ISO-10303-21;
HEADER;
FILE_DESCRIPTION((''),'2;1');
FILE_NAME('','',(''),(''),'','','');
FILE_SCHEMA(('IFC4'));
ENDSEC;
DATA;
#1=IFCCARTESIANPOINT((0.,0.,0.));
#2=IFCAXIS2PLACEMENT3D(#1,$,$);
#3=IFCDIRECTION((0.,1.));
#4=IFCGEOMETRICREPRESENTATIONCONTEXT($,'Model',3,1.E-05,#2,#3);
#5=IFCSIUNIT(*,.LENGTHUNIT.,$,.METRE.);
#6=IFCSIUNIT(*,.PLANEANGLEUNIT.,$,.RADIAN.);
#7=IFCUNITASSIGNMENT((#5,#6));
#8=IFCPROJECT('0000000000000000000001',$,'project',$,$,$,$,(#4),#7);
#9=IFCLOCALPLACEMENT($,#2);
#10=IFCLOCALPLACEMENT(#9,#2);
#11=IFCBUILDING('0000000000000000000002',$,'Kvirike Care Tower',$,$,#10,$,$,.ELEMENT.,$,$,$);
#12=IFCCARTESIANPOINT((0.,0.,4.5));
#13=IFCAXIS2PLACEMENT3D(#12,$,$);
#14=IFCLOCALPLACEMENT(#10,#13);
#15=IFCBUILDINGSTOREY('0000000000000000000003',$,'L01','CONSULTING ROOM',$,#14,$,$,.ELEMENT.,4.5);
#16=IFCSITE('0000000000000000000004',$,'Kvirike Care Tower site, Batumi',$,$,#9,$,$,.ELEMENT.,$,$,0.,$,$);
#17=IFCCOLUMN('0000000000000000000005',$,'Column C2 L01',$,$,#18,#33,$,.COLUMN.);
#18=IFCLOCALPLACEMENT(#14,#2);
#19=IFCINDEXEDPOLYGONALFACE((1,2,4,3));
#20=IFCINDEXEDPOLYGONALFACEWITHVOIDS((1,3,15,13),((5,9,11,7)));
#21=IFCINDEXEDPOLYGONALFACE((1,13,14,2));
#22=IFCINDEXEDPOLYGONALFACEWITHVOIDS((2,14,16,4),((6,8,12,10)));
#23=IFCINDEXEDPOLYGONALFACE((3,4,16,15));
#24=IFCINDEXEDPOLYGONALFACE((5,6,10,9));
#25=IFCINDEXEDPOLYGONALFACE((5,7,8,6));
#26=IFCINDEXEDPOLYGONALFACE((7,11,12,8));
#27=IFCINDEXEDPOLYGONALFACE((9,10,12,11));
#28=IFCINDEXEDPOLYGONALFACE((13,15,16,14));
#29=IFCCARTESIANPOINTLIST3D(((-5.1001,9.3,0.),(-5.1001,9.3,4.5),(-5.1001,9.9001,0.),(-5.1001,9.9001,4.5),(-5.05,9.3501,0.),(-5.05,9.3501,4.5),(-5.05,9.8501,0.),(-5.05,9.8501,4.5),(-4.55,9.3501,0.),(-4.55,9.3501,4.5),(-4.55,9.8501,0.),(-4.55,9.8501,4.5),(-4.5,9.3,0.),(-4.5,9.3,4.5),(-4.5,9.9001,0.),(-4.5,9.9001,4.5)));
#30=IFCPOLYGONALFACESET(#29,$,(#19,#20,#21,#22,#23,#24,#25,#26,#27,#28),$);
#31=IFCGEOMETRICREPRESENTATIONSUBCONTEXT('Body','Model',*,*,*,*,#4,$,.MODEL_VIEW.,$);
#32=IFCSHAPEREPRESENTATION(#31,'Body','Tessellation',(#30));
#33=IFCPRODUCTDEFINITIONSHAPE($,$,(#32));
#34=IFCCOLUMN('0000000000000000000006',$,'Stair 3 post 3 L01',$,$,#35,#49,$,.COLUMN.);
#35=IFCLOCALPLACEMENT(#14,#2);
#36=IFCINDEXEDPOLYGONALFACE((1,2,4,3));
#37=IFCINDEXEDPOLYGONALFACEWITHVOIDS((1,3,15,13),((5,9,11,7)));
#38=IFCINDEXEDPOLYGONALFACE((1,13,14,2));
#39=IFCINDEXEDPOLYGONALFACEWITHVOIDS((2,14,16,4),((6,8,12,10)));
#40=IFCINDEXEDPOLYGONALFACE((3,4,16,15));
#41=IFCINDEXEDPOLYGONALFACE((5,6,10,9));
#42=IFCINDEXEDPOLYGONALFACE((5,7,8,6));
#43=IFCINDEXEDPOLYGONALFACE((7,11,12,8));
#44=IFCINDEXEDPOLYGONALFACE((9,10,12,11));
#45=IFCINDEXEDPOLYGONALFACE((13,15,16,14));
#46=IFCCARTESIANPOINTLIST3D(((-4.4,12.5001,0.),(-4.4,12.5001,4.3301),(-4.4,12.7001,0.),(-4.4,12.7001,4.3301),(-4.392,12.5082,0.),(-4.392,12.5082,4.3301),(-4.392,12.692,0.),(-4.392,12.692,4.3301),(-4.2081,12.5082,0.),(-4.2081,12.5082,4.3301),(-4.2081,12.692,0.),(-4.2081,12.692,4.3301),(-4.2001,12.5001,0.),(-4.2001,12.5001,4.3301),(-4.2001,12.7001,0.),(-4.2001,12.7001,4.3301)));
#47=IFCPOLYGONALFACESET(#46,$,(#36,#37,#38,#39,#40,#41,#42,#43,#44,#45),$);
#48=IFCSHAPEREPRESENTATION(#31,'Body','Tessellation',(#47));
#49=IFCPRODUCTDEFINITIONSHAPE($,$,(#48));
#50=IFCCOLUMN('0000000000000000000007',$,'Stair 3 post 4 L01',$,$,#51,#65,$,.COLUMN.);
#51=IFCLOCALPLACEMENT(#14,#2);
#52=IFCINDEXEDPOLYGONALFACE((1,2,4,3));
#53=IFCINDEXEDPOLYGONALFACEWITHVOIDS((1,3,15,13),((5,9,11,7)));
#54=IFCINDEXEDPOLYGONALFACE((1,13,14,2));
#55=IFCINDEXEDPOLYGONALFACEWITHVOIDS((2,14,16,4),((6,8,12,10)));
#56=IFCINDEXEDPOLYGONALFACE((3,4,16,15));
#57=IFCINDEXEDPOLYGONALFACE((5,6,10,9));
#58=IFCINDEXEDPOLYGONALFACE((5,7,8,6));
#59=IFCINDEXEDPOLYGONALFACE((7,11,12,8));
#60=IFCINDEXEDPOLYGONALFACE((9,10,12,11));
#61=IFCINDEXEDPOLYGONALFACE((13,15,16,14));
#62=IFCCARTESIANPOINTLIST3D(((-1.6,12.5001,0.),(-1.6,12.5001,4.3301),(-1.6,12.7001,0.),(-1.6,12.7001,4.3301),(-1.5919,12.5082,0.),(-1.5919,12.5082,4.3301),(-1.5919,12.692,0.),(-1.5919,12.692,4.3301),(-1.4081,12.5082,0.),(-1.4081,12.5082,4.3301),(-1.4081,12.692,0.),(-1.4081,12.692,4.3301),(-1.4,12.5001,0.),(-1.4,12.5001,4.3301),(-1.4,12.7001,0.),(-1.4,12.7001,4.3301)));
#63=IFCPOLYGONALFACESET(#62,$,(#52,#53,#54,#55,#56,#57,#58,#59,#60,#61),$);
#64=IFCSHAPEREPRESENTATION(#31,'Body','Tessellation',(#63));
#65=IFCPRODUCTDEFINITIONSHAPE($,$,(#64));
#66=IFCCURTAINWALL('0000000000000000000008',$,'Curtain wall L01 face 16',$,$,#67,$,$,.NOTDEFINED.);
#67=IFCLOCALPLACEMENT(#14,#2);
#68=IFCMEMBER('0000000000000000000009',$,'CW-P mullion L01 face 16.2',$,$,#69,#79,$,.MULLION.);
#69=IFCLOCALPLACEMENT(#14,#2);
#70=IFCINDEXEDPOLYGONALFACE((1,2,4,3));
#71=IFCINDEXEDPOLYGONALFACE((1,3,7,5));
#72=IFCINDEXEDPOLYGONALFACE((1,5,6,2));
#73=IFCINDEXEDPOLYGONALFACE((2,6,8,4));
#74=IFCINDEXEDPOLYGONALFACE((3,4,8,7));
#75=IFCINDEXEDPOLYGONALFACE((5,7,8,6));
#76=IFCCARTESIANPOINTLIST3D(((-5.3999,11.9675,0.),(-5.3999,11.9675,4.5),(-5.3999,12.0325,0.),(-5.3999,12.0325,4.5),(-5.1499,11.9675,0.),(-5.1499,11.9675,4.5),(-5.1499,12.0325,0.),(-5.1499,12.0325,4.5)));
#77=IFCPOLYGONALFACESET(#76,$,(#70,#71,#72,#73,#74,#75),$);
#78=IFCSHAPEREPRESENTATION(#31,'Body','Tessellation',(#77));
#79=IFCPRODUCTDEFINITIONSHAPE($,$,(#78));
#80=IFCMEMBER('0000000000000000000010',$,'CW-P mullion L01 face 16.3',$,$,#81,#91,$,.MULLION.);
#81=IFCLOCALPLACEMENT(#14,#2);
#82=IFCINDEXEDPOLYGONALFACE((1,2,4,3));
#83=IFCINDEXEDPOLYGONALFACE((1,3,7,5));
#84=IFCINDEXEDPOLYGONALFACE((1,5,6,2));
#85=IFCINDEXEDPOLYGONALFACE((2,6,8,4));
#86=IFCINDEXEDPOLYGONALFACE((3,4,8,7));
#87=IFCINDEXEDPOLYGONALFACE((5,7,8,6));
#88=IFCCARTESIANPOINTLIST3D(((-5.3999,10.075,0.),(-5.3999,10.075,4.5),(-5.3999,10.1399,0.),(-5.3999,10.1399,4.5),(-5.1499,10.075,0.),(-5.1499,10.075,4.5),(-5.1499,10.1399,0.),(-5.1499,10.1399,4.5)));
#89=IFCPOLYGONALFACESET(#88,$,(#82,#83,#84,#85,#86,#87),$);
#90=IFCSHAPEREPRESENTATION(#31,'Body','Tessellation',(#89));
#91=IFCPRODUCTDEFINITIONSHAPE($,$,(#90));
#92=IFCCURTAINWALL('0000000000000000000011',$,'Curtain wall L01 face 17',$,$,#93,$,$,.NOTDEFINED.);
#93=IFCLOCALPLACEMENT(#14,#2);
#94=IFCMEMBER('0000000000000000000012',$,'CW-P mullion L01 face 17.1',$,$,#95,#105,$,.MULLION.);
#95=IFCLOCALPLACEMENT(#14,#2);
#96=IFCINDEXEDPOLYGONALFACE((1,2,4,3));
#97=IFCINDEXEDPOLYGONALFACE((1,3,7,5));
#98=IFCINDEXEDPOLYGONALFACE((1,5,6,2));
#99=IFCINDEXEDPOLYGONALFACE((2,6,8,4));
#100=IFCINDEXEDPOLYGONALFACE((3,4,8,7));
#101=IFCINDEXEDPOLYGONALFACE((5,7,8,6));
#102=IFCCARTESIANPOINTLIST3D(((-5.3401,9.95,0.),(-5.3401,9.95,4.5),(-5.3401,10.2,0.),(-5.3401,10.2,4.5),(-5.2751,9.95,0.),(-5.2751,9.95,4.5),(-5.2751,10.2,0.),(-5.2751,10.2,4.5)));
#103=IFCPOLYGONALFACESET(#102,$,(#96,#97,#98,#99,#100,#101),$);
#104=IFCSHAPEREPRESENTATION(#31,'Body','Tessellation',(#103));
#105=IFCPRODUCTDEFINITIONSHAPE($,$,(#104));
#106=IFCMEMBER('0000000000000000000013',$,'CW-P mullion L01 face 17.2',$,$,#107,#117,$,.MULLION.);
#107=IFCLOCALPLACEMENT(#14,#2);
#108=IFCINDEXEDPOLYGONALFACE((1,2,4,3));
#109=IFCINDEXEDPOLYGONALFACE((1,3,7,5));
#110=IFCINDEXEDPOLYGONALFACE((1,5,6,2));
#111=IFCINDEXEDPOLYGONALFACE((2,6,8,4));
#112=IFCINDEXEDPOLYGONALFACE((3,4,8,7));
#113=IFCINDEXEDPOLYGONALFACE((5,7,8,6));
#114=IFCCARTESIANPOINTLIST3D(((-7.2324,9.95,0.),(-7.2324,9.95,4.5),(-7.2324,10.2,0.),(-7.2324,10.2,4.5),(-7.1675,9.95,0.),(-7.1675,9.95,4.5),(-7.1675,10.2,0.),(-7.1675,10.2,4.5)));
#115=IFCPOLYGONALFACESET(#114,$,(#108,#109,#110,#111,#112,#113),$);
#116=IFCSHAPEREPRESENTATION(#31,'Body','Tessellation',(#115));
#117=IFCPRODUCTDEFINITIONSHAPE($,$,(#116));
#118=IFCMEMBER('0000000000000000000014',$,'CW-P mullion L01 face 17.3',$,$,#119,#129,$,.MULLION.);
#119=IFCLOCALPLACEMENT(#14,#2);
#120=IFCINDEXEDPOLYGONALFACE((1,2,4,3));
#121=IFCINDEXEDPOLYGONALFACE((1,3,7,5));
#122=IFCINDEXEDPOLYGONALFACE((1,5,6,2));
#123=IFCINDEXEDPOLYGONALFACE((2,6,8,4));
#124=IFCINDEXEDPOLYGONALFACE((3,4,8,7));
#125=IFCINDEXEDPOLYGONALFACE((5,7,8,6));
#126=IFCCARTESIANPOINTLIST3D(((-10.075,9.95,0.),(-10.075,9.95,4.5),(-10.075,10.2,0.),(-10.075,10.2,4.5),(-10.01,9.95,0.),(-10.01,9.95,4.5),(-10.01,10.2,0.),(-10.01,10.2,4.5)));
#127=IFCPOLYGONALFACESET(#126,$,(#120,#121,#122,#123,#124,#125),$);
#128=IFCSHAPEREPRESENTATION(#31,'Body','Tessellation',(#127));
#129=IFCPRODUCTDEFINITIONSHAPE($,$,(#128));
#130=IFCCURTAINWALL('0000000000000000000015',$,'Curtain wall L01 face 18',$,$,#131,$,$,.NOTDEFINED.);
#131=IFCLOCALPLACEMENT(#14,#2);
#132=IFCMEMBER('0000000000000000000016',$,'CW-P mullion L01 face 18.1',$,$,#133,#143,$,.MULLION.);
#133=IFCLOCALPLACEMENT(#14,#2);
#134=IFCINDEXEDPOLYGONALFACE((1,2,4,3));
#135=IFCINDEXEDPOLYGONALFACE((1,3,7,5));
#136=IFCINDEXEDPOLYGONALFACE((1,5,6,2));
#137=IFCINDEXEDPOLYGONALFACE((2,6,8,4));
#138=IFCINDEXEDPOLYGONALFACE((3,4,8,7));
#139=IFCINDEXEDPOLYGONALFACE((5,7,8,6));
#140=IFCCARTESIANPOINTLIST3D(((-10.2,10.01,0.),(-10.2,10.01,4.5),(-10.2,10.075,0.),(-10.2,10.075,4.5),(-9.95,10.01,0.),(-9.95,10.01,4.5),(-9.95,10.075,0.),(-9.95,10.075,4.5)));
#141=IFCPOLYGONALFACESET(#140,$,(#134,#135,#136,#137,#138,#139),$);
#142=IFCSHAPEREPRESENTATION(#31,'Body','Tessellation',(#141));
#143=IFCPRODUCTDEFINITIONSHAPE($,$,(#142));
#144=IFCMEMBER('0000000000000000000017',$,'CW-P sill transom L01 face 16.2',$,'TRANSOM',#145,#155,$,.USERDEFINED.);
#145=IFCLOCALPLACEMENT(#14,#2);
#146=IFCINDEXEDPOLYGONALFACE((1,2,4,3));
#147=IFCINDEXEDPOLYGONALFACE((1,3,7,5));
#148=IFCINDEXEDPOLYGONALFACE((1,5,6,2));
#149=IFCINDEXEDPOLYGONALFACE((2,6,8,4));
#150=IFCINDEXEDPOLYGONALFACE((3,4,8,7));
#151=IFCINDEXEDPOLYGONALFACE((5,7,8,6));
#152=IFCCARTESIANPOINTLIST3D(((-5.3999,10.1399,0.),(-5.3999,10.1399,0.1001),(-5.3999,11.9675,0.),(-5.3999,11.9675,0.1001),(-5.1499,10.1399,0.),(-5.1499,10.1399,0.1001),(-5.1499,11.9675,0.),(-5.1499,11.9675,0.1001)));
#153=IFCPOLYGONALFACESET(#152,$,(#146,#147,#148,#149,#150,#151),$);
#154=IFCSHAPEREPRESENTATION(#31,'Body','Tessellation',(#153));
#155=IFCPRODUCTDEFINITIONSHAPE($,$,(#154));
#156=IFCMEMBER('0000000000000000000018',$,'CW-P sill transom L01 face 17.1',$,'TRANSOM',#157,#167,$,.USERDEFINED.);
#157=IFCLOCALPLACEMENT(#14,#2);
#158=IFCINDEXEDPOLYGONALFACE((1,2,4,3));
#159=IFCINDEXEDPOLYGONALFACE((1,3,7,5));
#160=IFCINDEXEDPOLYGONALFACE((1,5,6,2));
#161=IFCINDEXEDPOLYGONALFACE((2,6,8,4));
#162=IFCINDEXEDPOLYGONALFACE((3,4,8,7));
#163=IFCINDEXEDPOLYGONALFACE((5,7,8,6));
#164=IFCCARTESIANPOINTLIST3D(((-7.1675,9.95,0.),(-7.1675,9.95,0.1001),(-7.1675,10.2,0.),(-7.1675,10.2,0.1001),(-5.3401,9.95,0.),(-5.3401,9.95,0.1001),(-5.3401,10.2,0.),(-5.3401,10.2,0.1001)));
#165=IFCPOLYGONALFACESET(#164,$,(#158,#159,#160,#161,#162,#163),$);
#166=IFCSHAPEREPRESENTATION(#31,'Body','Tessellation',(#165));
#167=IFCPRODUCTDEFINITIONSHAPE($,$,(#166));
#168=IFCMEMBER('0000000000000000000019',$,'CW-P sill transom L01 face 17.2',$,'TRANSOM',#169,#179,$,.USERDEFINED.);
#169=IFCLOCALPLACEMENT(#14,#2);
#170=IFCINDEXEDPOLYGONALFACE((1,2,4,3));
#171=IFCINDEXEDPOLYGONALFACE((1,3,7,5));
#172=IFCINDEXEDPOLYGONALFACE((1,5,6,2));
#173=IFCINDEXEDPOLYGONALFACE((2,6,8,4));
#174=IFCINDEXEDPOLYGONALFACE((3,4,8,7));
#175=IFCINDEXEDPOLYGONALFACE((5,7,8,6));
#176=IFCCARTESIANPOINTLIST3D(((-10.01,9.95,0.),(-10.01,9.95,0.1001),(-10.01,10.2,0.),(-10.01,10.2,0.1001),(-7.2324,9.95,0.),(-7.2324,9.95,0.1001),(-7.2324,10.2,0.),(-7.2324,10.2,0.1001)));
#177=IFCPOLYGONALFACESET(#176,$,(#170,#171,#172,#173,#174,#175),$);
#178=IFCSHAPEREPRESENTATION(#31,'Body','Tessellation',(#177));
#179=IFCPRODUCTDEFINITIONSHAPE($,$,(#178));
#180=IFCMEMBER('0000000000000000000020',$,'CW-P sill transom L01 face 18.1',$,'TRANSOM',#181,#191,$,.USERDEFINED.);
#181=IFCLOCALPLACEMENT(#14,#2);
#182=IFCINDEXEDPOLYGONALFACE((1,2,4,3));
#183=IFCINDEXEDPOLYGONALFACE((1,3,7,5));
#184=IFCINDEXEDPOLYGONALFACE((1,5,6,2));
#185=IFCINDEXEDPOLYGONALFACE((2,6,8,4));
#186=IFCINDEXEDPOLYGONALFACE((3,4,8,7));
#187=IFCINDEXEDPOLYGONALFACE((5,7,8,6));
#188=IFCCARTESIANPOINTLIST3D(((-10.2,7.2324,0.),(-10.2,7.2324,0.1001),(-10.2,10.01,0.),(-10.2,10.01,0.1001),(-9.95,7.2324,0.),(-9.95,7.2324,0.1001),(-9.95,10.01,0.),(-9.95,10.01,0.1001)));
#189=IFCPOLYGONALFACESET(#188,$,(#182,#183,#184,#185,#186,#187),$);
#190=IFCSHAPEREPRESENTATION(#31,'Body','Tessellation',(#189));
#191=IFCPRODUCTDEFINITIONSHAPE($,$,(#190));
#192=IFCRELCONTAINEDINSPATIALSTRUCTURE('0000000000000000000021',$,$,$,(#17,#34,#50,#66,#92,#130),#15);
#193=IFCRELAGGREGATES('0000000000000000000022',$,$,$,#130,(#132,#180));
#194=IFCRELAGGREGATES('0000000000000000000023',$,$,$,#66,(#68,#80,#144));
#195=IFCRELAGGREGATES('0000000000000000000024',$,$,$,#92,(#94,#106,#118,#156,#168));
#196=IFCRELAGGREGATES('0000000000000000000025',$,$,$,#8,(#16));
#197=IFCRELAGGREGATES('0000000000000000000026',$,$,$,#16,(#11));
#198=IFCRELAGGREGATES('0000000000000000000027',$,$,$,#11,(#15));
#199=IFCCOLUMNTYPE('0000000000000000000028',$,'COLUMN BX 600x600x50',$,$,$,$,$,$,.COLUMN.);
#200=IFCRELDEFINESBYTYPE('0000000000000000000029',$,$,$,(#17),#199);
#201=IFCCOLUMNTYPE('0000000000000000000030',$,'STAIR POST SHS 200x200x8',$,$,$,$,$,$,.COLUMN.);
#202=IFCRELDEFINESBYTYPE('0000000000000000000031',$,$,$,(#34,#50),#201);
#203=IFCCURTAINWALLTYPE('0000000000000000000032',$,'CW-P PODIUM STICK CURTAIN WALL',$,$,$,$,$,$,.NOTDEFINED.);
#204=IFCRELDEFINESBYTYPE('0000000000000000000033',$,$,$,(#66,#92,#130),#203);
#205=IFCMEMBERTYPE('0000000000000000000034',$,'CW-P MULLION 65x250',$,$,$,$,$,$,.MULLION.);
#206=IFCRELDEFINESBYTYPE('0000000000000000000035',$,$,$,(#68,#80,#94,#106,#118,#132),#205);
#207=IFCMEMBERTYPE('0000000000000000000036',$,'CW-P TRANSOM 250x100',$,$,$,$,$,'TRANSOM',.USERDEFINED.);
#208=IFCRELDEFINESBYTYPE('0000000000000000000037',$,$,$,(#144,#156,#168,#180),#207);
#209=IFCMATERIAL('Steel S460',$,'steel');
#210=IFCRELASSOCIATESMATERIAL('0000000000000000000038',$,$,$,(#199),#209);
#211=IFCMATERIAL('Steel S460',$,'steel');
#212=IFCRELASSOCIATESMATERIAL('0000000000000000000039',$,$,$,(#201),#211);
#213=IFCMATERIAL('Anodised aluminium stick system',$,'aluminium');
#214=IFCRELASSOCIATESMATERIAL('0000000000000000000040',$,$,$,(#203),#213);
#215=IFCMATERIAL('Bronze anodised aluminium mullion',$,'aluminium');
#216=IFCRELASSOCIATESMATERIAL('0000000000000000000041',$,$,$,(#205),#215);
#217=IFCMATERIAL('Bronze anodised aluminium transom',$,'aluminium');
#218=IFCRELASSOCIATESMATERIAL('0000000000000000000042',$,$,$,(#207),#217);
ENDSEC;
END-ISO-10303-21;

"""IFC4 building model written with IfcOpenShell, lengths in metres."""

from ifc_helpers import new_model, si_unit, direction, frame, origin, origin_2d, place, context, subcontext, project, spatial, rectangle, hollow_rectangle, extrude, material, material_profile, profile_set, type_object, element, aggregate, save


model = new_model("IFC4")

# Units and contexts
model_context = context("Model", 3, precision=1e-05, world=origin(), true_north=direction((0.0, 1.0)))
body_context = subcontext(model_context, "Body", "Model", "MODEL_VIEW")
ifc_project = project(units=[si_unit("LENGTHUNIT", "METRE"), si_unit("PLANEANGLEUNIT", "RADIAN")], contexts=[model_context])

# Site, building, storey
site_placement = place(None, origin())
site = spatial("IfcSite", under=ifc_project, at=site_placement, Name="Kvirike Care Tower site, Batumi", CompositionType="ELEMENT", RefElevation=0.0)
building_placement = place(site_placement, origin())
building = spatial("IfcBuilding", under=site, at=building_placement, Name="Kvirike Care Tower", CompositionType="ELEMENT")
storey_placement = place(building_placement, frame((0.0, 0.0, 4.5)))
storey = spatial("IfcBuildingStorey", under=building, at=storey_placement, Name="L01", Description="CONSULTING ROOM", CompositionType="ELEMENT", Elevation=4.5)

# Columns
ifc_material_1 = material(Name="Steel S460", Category="steel")
ifc_material_profile_1 = material_profile(ifc_material_1, hollow_rectangle(XDim=0.6001, YDim=0.6001, WallThickness=0.05, at=origin_2d()), Name="BX 600x600x50")
ifc_profile_set_1 = profile_set([ifc_material_profile_1], Name="Steel S460")
column_type_1 = type_object("IfcColumnType", Name="COLUMN BX 600x600x50", PredefinedType="COLUMN", material=ifc_profile_set_1)
column_placement = place(storey_placement, frame((-4.8, 9.6001, 0.0), z_axis=(0.0, 0.0, 1.0), x_axis=(0.0, 1.0, 0.0)))
element("IfcColumn", 1, at=column_placement, inside=storey, type_object=column_type_1, Name="Column C2 L01", PredefinedType="COLUMN", context=body_context, shape_type="SweptSolid", body=[
    extrude(hollow_rectangle(XDim=0.6001, YDim=0.6001, WallThickness=0.05, at=origin_2d()), origin(), (0.0, 0.0, 1.0), 4.5),
])
ifc_material_2 = material(Name="Steel S460", Category="steel")
ifc_material_profile_2 = material_profile(ifc_material_2, hollow_rectangle(XDim=0.2, YDim=0.2, WallThickness=0.0081, at=origin_2d()), Name="SHS 200x200x8")
ifc_profile_set_2 = profile_set([ifc_material_profile_2], Name="Steel S460")
column_type_2 = type_object("IfcColumnType", Name="STAIR POST SHS 200x200x8", PredefinedType="COLUMN", material=ifc_profile_set_2)
for number, where, z_axis, x_axis, name in (
    (2, (-4.3, 12.6001, 0.0), (0.0, 0.0, 1.0), (1.0, 0.0, 0.0), "Stair 3 post 3 L01"),
    (3, (-1.5, 12.6001, 0.0), (0.0, 0.0, 1.0), (1.0, 0.0, 0.0), "Stair 3 post 4 L01"),
):
    element("IfcColumn", number, at=place(storey_placement, frame(where, z_axis=z_axis, x_axis=x_axis)), inside=storey, type_object=column_type_2, Name=name, PredefinedType="COLUMN", context=body_context, shape_type="SweptSolid", body=[
        extrude(hollow_rectangle(XDim=0.2, YDim=0.2, WallThickness=0.0081, at=origin_2d()), origin(), (0.0, 0.0, 1.0), 4.3301),
    ])

# Curtain walls, members
ifc_material_3 = material(Name="Anodised aluminium stick system", Category="aluminium")
curtain_wall_type = type_object("IfcCurtainWallType", Name="CW-P PODIUM STICK CURTAIN WALL", PredefinedType="NOTDEFINED", material=ifc_material_3)
curtain_wall_1_placement = place(storey_placement, origin())
curtain_wall_1 = element("IfcCurtainWall", 4, at=curtain_wall_1_placement, inside=storey, type_object=curtain_wall_type, Name="Curtain wall L01 face 16", PredefinedType="NOTDEFINED")
ifc_material_4 = material(Name="Bronze anodised aluminium mullion", Category="aluminium")
ifc_material_profile_3 = material_profile(ifc_material_4, rectangle(XDim=0.0649, YDim=0.25, at=origin_2d()), Name="CW-P MULLION 65x250")
ifc_profile_set_3 = profile_set([ifc_material_profile_3], Name="Bronze anodised aluminium mullion")
member_type_1 = type_object("IfcMemberType", Name="CW-P MULLION 65x250", PredefinedType="MULLION", material=ifc_profile_set_3)
member_1_placement = place(storey_placement, frame((-5.2749, 12.0, 0.0), z_axis=(0.0, 0.0, 1.0), x_axis=(0.0, -1.0, 0.0)))
member_1 = element("IfcMember", 5, at=member_1_placement, type_object=member_type_1, Name="CW-P mullion L01 face 16.2", PredefinedType="MULLION", context=body_context, shape_type="SweptSolid", body=[
    extrude(rectangle(XDim=0.0649, YDim=0.25, at=origin_2d()), origin(), (0.0, 0.0, 1.0), 4.5),
])
member_2_placement = place(storey_placement, frame((-5.2749, 10.1074, 0.0), z_axis=(0.0, 0.0, 1.0), x_axis=(0.0, -1.0, 0.0)))
member_2 = element("IfcMember", 6, at=member_2_placement, type_object=member_type_1, Name="CW-P mullion L01 face 16.3", PredefinedType="MULLION", context=body_context, shape_type="SweptSolid", body=[
    extrude(rectangle(XDim=0.0649, YDim=0.25, at=origin_2d()), origin(), (0.0, 0.0, 1.0), 4.5),
])
curtain_wall_2_placement = place(storey_placement, origin())
curtain_wall_2 = element("IfcCurtainWall", 7, at=curtain_wall_2_placement, inside=storey, type_object=curtain_wall_type, Name="Curtain wall L01 face 17", PredefinedType="NOTDEFINED")
member_3_placement = place(storey_placement, frame((-5.3076, 10.075, 0.0), z_axis=(0.0, 0.0, 1.0), x_axis=(-1.0, 0.0, 0.0)))
member_3 = element("IfcMember", 8, at=member_3_placement, type_object=member_type_1, Name="CW-P mullion L01 face 17.1", PredefinedType="MULLION", context=body_context, shape_type="SweptSolid", body=[
    extrude(rectangle(XDim=0.0649, YDim=0.25, at=origin_2d()), origin(), (0.0, 0.0, 1.0), 4.5),
])
member_4_placement = place(storey_placement, frame((-7.2, 10.075, 0.0), z_axis=(0.0, 0.0, 1.0), x_axis=(-1.0, 0.0, 0.0)))
member_4 = element("IfcMember", 9, at=member_4_placement, type_object=member_type_1, Name="CW-P mullion L01 face 17.2", PredefinedType="MULLION", context=body_context, shape_type="SweptSolid", body=[
    extrude(rectangle(XDim=0.0649, YDim=0.25, at=origin_2d()), origin(), (0.0, 0.0, 1.0), 4.5),
])
member_5_placement = place(storey_placement, frame((-10.0425, 10.075, 0.0), z_axis=(0.0, 0.0, 1.0), x_axis=(-1.0, 0.0, 0.0)))
member_5 = element("IfcMember", 10, at=member_5_placement, type_object=member_type_1, Name="CW-P mullion L01 face 17.3", PredefinedType="MULLION", context=body_context, shape_type="SweptSolid", body=[
    extrude(rectangle(XDim=0.0649, YDim=0.25, at=origin_2d()), origin(), (0.0, 0.0, 1.0), 4.5),
])

# Curtain wall, member
curtain_wall_3_placement = place(storey_placement, origin())
curtain_wall_3 = element("IfcCurtainWall", 11, at=curtain_wall_3_placement, inside=storey, type_object=curtain_wall_type, Name="Curtain wall L01 face 18", PredefinedType="NOTDEFINED")
member_6_placement = place(storey_placement, frame((-10.075, 10.0425, 0.0), z_axis=(0.0, 0.0, 1.0), x_axis=(0.0, -1.0, 0.0)))
member_6 = element("IfcMember", 12, at=member_6_placement, type_object=member_type_1, Name="CW-P mullion L01 face 18.1", PredefinedType="MULLION", context=body_context, shape_type="SweptSolid", body=[
    extrude(rectangle(XDim=0.0649, YDim=0.25, at=origin_2d()), origin(), (0.0, 0.0, 1.0), 4.5),
])

# Members
ifc_material_5 = material(Name="Bronze anodised aluminium transom", Category="aluminium")
ifc_material_profile_4 = material_profile(ifc_material_5, rectangle(XDim=0.25, YDim=0.1001, at=origin_2d()), Name="CW-P TRANSOM 250x100")
ifc_profile_set_4 = profile_set([ifc_material_profile_4], Name="Bronze anodised aluminium transom")
member_type_2 = type_object("IfcMemberType", Name="CW-P TRANSOM 250x100", ElementType="TRANSOM", PredefinedType="USERDEFINED", material=ifc_profile_set_4)
member_7_placement = place(storey_placement, frame((-5.2749, 11.9675, 0.05), z_axis=(0.0, -1.0, 0.0), x_axis=(1.0, 0.0, 0.0)))
member_7 = element("IfcMember", 13, at=member_7_placement, type_object=member_type_2, Name="CW-P sill transom L01 face 16.2", ObjectType="TRANSOM", PredefinedType="USERDEFINED", context=body_context, shape_type="SweptSolid", body=[
    extrude(rectangle(XDim=0.25, YDim=0.1001, at=origin_2d()), origin(), (0.0, 0.0, 1.0), 1.8276),
])
member_8_placement = place(storey_placement, frame((-5.3401, 10.075, 0.05), z_axis=(-1.0, 0.0, 0.0), x_axis=(0.0, -1.0, 0.0)))
member_8 = element("IfcMember", 14, at=member_8_placement, type_object=member_type_2, Name="CW-P sill transom L01 face 17.1", ObjectType="TRANSOM", PredefinedType="USERDEFINED", context=body_context, shape_type="SweptSolid", body=[
    extrude(rectangle(XDim=0.25, YDim=0.1001, at=origin_2d()), origin(), (0.0, 0.0, 1.0), 1.8274),
])
member_9_placement = place(storey_placement, frame((-7.2324, 10.075, 0.05), z_axis=(-1.0, 0.0, 0.0), x_axis=(0.0, -1.0, 0.0)))
member_9 = element("IfcMember", 15, at=member_9_placement, type_object=member_type_2, Name="CW-P sill transom L01 face 17.2", ObjectType="TRANSOM", PredefinedType="USERDEFINED", context=body_context, shape_type="SweptSolid", body=[
    extrude(rectangle(XDim=0.25, YDim=0.1001, at=origin_2d()), origin(), (0.0, 0.0, 1.0), 2.7776),
])
member_10_placement = place(storey_placement, frame((-10.075, 10.01, 0.05), z_axis=(0.0, -1.0, 0.0), x_axis=(1.0, 0.0, 0.0)))
member_10 = element("IfcMember", 16, at=member_10_placement, type_object=member_type_2, Name="CW-P sill transom L01 face 18.1", ObjectType="TRANSOM", PredefinedType="USERDEFINED", context=body_context, shape_type="SweptSolid", body=[
    extrude(rectangle(XDim=0.25, YDim=0.1001, at=origin_2d()), origin(), (0.0, 0.0, 1.0), 2.7776),
])
aggregate(curtain_wall_3, [member_6, member_10])

aggregate(curtain_wall_1, [member_1, member_2, member_7])
aggregate(curtain_wall_2, [member_3, member_4, member_5, member_8, member_9])

save(model, "model.ifc")
